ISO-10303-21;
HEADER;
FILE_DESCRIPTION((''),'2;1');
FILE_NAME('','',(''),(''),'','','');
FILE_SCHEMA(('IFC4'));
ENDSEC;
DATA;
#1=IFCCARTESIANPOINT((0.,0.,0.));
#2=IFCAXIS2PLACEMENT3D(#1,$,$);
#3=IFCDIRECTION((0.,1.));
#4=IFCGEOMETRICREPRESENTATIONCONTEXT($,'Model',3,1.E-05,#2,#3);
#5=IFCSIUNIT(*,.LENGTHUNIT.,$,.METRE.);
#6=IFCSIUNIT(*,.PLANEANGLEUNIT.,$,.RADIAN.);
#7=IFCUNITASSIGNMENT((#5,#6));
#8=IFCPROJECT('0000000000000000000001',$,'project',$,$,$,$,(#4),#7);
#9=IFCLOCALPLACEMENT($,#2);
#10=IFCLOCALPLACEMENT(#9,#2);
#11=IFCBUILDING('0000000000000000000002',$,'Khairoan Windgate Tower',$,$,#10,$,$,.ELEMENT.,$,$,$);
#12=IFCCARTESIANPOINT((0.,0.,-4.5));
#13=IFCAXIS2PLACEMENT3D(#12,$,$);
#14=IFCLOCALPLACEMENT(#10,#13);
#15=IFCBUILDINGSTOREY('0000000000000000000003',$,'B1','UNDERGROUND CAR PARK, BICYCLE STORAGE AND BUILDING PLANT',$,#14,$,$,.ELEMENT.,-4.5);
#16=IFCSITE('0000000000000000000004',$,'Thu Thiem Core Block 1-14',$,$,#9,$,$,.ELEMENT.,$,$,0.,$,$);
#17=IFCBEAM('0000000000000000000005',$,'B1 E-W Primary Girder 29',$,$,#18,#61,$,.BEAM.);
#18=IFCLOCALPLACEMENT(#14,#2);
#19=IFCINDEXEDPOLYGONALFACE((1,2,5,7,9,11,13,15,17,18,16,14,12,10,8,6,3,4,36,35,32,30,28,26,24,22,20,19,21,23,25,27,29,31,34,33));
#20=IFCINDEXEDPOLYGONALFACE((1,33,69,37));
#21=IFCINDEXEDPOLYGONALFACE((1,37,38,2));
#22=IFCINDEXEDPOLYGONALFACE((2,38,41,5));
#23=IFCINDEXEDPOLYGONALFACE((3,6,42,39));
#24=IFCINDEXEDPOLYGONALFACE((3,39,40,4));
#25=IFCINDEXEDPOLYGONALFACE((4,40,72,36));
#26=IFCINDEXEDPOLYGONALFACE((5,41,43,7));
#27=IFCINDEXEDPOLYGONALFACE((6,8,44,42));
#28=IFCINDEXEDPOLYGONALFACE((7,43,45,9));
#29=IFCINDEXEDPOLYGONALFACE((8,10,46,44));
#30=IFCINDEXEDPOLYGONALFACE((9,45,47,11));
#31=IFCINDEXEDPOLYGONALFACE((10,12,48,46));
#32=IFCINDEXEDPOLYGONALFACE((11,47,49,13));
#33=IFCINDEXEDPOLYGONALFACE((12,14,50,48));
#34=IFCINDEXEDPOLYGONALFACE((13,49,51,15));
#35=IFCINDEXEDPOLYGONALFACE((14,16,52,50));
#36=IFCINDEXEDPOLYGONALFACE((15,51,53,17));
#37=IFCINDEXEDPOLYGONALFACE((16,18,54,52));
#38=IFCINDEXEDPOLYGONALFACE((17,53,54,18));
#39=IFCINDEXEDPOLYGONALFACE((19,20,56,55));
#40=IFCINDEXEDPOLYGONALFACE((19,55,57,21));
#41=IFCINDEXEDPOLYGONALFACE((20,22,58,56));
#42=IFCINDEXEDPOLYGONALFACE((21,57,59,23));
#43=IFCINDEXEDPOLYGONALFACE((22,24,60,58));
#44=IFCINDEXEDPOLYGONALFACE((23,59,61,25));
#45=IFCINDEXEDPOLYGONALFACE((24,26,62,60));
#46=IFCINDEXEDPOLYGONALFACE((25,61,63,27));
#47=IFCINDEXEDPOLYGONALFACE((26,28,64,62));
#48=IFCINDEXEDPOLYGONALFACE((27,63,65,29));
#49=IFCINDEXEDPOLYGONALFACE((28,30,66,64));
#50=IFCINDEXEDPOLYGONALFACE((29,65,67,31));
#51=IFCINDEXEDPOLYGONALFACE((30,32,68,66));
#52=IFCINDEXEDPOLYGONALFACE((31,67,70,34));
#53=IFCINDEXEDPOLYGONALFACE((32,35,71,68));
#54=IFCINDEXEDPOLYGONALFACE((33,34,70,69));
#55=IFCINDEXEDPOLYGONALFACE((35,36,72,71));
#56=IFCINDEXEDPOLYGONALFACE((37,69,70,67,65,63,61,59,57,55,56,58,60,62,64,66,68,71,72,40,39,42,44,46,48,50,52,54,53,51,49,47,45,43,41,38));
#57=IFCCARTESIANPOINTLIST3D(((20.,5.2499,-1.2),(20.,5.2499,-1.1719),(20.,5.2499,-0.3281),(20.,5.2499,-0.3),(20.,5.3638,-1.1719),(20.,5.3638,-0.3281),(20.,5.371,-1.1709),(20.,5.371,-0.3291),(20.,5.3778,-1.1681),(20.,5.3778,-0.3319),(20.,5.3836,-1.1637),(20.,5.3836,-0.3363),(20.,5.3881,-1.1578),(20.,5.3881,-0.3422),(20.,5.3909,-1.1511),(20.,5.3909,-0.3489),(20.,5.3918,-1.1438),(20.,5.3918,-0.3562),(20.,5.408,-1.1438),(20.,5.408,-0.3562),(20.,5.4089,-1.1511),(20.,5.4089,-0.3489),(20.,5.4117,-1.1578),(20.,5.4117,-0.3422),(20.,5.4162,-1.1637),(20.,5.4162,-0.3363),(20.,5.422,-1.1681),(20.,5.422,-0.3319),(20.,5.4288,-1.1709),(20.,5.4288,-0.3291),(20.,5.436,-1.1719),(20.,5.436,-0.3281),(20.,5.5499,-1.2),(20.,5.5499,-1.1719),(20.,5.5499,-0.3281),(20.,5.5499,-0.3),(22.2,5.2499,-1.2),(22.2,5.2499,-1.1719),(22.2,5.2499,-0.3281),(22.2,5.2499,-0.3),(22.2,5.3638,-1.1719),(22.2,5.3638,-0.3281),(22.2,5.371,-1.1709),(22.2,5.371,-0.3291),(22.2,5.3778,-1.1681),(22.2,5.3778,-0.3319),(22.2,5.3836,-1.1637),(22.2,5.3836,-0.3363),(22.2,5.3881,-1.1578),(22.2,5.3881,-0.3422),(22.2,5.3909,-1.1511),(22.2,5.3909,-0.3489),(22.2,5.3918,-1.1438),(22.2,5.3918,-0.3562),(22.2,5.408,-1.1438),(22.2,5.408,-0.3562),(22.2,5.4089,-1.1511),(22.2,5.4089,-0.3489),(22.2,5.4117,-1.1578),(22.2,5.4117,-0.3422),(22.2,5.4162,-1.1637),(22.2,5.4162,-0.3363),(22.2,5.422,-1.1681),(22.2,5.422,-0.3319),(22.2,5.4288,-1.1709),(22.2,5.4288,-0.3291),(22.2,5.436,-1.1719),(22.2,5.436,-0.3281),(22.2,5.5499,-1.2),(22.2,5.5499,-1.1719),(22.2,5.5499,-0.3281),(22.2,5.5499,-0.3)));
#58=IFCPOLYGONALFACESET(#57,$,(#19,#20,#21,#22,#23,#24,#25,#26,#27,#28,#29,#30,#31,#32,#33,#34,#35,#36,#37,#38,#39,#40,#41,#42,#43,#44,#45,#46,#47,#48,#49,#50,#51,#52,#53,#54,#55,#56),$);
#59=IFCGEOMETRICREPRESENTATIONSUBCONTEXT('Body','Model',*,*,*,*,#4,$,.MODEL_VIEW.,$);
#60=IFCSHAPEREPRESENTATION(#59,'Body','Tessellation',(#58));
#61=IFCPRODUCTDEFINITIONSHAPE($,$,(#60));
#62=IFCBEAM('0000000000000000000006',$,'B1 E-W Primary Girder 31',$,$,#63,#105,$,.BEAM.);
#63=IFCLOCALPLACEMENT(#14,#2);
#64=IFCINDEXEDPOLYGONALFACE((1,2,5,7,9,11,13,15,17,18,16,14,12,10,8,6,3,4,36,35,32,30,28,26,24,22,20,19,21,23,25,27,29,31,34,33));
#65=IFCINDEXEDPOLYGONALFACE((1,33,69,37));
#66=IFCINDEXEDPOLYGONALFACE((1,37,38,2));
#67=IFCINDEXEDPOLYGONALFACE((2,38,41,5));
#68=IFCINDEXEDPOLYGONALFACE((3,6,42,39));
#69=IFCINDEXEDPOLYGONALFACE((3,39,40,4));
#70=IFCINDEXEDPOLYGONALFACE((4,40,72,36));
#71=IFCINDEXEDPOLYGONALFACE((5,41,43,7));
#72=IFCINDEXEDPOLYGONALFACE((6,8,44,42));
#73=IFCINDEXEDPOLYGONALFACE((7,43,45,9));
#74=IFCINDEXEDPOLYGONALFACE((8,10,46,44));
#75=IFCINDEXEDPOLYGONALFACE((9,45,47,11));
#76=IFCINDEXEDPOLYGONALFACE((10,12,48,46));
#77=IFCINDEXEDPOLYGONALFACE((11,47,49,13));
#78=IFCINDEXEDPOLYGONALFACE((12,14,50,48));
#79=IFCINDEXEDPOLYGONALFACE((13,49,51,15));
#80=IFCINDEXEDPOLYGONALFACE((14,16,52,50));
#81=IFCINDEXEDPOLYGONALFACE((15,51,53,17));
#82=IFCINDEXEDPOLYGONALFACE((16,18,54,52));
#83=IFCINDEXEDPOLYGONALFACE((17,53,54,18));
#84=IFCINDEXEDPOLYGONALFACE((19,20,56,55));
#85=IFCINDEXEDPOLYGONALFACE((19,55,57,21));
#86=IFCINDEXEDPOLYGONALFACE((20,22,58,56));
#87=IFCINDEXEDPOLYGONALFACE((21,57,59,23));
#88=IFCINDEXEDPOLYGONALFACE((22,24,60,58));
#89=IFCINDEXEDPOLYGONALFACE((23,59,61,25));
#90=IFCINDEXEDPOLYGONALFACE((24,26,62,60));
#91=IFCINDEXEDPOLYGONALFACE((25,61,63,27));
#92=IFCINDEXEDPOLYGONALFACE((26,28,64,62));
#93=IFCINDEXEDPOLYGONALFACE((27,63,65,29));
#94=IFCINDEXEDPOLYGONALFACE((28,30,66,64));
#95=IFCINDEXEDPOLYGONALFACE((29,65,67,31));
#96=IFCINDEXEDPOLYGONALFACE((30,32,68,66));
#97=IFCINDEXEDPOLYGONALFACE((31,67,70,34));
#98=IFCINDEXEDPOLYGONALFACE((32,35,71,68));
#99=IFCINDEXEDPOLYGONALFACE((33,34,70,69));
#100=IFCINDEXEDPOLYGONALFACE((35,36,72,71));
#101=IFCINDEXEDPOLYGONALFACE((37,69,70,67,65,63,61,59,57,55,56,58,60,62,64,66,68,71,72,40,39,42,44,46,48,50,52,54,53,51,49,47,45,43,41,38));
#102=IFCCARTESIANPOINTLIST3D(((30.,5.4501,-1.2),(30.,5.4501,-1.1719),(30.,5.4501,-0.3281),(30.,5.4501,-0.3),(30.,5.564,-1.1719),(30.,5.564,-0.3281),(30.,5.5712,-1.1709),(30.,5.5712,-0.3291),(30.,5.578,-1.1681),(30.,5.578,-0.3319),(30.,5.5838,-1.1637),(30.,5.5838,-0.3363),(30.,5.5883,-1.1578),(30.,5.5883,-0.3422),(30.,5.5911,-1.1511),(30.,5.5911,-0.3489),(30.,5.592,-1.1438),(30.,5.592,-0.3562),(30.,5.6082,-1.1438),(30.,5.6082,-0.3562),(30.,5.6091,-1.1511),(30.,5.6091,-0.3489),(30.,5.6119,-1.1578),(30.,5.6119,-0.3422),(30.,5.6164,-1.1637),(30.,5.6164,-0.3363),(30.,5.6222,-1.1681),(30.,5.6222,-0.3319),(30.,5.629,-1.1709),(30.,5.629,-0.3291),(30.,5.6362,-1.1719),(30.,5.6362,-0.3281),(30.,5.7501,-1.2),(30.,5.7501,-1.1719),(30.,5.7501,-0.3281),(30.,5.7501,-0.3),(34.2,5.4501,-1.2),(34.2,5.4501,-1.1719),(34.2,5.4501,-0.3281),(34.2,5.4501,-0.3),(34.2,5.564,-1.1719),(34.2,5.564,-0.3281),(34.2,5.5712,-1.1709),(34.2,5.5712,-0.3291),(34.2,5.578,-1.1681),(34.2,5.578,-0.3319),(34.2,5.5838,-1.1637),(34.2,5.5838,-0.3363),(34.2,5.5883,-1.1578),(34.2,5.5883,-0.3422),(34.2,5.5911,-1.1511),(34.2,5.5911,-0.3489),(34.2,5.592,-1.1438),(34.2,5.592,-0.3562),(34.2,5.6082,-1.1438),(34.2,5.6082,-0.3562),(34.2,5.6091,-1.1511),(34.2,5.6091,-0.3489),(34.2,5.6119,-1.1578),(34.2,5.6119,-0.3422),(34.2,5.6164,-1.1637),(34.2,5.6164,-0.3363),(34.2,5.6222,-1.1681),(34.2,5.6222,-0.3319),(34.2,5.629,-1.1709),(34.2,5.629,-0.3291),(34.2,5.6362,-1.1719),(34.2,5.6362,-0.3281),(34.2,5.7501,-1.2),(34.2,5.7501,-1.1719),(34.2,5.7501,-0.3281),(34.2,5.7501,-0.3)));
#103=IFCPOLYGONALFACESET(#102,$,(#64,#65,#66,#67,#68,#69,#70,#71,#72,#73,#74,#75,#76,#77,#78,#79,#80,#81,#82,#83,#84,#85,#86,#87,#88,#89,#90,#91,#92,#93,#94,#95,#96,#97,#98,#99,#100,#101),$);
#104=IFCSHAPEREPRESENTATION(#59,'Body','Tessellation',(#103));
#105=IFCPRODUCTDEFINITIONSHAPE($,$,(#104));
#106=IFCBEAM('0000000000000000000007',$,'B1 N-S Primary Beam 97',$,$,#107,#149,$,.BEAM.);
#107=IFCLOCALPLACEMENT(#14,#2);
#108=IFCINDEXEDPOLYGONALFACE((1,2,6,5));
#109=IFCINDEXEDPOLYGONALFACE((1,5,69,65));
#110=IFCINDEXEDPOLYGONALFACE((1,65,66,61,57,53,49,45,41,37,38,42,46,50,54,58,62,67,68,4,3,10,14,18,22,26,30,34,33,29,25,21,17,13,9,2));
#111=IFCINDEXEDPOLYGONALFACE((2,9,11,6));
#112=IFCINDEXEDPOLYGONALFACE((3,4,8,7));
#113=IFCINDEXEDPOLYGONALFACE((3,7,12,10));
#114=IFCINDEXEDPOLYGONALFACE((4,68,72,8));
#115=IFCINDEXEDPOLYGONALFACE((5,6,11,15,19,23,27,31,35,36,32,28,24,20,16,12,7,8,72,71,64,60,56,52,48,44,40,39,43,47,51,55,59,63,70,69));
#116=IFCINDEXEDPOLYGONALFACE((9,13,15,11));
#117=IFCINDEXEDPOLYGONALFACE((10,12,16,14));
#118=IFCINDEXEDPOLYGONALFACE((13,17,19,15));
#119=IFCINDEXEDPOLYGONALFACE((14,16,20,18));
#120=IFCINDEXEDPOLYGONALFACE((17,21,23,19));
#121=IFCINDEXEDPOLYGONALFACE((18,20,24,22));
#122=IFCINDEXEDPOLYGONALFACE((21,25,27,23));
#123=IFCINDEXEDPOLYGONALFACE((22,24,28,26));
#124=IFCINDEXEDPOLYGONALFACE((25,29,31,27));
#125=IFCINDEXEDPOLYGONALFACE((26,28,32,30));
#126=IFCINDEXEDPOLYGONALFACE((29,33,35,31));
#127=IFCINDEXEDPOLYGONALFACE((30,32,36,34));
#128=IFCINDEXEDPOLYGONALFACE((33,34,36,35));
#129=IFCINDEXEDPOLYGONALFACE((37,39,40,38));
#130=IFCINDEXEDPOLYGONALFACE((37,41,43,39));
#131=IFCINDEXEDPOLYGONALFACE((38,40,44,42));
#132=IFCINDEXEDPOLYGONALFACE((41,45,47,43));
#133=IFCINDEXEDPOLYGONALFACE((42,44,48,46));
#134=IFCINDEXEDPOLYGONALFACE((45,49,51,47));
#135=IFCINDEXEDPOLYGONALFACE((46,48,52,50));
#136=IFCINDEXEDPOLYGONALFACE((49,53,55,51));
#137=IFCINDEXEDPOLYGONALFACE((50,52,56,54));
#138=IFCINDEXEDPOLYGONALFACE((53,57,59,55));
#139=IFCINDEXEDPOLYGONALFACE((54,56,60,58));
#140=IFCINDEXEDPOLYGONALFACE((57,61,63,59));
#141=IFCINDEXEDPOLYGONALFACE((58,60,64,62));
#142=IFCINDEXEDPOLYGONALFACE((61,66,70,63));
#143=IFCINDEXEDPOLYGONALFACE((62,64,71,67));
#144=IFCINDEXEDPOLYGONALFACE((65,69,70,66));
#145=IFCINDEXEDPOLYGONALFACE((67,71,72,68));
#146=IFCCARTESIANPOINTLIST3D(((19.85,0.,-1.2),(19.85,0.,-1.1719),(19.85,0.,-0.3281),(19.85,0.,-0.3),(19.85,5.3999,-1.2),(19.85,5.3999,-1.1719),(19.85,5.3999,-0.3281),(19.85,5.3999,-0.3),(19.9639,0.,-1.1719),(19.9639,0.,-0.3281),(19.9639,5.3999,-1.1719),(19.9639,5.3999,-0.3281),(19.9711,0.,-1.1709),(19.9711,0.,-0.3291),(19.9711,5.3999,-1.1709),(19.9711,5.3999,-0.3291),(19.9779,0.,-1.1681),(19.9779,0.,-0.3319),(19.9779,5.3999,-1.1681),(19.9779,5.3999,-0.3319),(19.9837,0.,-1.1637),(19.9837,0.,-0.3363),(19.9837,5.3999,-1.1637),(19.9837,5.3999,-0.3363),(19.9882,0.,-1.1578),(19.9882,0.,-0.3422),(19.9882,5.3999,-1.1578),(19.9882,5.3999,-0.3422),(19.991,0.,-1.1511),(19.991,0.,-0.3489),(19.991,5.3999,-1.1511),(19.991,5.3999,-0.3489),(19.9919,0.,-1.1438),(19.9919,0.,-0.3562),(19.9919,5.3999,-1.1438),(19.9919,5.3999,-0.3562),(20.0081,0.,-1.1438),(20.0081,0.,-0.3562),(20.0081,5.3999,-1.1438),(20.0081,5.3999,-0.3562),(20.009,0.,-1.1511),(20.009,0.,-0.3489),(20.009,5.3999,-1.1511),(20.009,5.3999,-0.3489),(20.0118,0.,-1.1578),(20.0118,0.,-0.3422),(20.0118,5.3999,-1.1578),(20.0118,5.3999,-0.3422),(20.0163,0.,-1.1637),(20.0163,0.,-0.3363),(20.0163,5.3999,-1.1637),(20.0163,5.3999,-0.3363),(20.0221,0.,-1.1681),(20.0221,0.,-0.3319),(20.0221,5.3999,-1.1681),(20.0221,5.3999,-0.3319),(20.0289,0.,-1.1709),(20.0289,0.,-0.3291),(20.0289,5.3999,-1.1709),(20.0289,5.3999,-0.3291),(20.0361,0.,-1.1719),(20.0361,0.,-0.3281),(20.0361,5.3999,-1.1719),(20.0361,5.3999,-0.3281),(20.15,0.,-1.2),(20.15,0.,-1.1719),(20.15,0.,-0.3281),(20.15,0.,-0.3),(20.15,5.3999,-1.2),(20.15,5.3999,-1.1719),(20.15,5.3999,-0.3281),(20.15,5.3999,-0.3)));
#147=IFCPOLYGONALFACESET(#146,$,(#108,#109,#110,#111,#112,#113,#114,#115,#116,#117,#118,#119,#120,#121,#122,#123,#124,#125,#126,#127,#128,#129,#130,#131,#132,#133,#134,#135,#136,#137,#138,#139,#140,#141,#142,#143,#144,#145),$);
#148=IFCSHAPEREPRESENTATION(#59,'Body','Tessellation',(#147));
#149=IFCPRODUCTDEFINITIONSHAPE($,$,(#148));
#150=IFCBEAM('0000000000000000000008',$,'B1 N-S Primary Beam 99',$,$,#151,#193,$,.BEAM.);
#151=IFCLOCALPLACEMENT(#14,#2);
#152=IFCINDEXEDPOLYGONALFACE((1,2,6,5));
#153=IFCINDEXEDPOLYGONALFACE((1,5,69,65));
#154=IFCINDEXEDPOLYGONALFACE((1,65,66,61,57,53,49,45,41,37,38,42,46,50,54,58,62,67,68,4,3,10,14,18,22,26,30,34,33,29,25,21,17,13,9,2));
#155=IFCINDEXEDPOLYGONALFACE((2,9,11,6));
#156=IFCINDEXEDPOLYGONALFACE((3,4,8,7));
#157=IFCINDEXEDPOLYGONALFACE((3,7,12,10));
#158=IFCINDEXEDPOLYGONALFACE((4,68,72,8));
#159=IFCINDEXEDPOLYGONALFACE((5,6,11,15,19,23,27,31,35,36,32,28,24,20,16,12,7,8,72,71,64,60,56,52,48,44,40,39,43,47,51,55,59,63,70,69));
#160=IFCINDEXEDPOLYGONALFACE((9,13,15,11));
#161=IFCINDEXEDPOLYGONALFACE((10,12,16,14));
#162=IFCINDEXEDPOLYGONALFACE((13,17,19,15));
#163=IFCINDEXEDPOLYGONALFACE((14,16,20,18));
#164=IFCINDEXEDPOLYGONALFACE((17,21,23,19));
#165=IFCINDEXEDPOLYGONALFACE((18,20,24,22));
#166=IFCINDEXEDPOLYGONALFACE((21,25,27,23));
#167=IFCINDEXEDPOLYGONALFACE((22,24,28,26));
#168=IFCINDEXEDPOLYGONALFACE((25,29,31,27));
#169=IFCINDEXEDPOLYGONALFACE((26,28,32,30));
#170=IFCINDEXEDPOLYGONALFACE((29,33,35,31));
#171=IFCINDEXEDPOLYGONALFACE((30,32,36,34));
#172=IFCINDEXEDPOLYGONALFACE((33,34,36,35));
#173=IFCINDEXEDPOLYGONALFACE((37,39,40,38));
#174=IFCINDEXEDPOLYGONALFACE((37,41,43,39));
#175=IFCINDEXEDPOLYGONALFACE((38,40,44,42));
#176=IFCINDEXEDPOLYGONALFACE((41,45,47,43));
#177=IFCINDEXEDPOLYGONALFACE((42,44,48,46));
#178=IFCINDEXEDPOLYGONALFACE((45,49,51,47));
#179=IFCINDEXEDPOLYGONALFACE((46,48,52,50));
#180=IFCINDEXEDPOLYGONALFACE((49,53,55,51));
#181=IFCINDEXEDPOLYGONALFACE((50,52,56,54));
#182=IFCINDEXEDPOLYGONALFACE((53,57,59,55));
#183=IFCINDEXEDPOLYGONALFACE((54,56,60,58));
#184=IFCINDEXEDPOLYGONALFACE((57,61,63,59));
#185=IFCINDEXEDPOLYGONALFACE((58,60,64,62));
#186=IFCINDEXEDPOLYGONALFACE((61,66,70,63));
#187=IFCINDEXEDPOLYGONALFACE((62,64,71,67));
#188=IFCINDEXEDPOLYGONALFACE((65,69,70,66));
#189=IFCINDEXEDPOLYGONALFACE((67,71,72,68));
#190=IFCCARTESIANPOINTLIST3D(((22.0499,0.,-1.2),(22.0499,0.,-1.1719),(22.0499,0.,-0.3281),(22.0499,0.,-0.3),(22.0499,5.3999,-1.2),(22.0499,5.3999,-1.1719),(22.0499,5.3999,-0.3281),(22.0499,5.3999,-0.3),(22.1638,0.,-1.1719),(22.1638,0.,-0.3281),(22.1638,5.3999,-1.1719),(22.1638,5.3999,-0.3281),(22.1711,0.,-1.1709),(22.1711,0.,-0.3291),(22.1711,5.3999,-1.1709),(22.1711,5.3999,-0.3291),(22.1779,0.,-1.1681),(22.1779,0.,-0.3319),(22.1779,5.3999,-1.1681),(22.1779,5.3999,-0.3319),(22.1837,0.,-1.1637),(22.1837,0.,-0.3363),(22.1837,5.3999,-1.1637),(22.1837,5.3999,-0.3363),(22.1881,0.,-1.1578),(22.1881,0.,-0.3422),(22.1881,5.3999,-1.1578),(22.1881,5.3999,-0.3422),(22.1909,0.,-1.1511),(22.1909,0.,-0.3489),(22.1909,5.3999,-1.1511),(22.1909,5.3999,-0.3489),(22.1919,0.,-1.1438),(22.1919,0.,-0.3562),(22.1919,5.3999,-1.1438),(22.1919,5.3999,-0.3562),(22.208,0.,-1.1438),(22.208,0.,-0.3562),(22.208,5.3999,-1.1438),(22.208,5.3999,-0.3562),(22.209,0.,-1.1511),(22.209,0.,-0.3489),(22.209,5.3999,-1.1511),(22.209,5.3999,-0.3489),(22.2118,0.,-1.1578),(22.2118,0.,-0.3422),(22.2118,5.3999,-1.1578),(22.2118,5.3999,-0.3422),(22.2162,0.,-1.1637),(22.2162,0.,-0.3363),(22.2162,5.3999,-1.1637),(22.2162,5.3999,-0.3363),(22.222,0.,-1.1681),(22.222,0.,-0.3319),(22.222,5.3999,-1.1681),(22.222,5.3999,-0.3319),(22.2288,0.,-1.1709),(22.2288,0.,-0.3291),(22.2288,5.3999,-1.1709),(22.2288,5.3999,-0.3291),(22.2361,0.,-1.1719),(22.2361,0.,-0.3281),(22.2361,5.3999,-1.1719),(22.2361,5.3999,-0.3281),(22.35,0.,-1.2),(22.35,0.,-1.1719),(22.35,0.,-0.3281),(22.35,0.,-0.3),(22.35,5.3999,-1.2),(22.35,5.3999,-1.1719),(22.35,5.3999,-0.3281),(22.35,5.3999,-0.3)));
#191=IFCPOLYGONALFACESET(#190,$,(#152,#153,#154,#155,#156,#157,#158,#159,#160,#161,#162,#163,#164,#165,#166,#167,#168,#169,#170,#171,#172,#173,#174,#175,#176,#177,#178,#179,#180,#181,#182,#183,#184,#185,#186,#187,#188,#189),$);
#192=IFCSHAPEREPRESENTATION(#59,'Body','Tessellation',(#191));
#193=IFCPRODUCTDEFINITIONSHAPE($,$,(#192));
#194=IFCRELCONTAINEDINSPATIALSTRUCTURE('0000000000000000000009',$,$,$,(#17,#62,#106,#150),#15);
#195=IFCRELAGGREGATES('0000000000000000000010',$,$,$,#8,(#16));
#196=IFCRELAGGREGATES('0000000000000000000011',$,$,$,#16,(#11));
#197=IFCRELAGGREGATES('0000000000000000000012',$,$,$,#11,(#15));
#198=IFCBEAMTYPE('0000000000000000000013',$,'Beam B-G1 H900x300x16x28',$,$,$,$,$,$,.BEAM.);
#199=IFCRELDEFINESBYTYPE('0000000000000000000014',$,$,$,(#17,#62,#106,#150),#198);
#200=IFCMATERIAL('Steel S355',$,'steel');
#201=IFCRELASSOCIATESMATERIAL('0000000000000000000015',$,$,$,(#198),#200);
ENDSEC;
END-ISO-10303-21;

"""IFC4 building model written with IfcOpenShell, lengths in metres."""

from ifc_helpers import new_model, si_unit, direction, frame, origin, origin_2d, place, context, subcontext, project, spatial, i_section, extrude, material, material_profile, profile_set, type_object, element, save


model = new_model("IFC4")

# Units and contexts
model_context = context("Model", 3, precision=1e-05, world=origin(), true_north=direction((0.0, 1.0)))
body_context = subcontext(model_context, "Body", "Model", "MODEL_VIEW")
ifc_project = project(units=[si_unit("LENGTHUNIT", "METRE"), si_unit("PLANEANGLEUNIT", "RADIAN")], contexts=[model_context])

# Site, building, storey
site_placement = place(None, origin())
site = spatial("IfcSite", under=ifc_project, at=site_placement, Name="Thu Thiem Core Block 1-14", CompositionType="ELEMENT", RefElevation=0.0)
building_placement = place(site_placement, origin())
building = spatial("IfcBuilding", under=site, at=building_placement, Name="Khairoan Windgate Tower", CompositionType="ELEMENT")
storey_placement = place(building_placement, frame((0.0, 0.0, -4.5)))
storey = spatial("IfcBuildingStorey", under=building, at=storey_placement, Name="B1", Description="UNDERGROUND CAR PARK, BICYCLE STORAGE AND BUILDING PLANT", CompositionType="ELEMENT", Elevation=-4.5)

# Beams
ifc_material_1 = material(Name="Steel S355", Category="steel")
ifc_material_profile_1 = material_profile(ifc_material_1, i_section(OverallWidth=0.3, OverallDepth=0.8999, WebThickness=0.0161, FlangeThickness=0.0281, FilletRadius=0.0281, at=origin_2d()))
ifc_profile_set_1 = profile_set([ifc_material_profile_1], Name="Steel S355")
beam_type_1 = type_object("IfcBeamType", Name="Beam B-G1 H900x300x16x28", PredefinedType="BEAM", material=ifc_profile_set_1)
for number, where, z_axis, x_axis, name in (
    (1, (20.0, 5.3999, -0.75), (1.0, 0.0, 0.0), (0.0, 1.0, 0.0), "B1 E-W Primary Girder 29"),
):
    element("IfcBeam", number, at=place(storey_placement, frame(where, z_axis=z_axis, x_axis=x_axis)), inside=storey, type_object=beam_type_1, Name=name, PredefinedType="BEAM", context=body_context, shape_type="SweptSolid", body=[
        extrude(i_section(OverallWidth=0.3, OverallDepth=0.8999, WebThickness=0.0161, FlangeThickness=0.0281, FilletRadius=0.0281, at=origin_2d()), origin(), (0.0, 0.0, 1.0), 2.2),
    ])
beam_1_placement = place(storey_placement, frame((30.0, 5.6001, -0.75), z_axis=(1.0, 0.0, 0.0), x_axis=(0.0, 1.0, 0.0)))
element("IfcBeam", 2, at=beam_1_placement, inside=storey, type_object=beam_type_1, Name="B1 E-W Primary Girder 31", PredefinedType="BEAM", context=body_context, shape_type="SweptSolid", body=[
    extrude(i_section(OverallWidth=0.3, OverallDepth=0.8999, WebThickness=0.0161, FlangeThickness=0.0281, FilletRadius=0.0281, at=origin_2d()), origin(), (0.0, 0.0, 1.0), 4.2),
])
for number, where, z_axis, x_axis, name in (
    (3, (20.0, 0.0, -0.75), (0.0, 1.0, 0.0), (-1.0, 0.0, 0.0), "B1 N-S Primary Beam 97"),
    (4, (22.2, 0.0, -0.75), (0.0, 1.0, 0.0), (-1.0, 0.0, 0.0), "B1 N-S Primary Beam 99"),
):
    element("IfcBeam", number, at=place(storey_placement, frame(where, z_axis=z_axis, x_axis=x_axis)), inside=storey, type_object=beam_type_1, Name=name, PredefinedType="BEAM", context=body_context, shape_type="SweptSolid", body=[
        extrude(i_section(OverallWidth=0.3, OverallDepth=0.8999, WebThickness=0.0161, FlangeThickness=0.0281, FilletRadius=0.0281, at=origin_2d()), origin(), (0.0, 0.0, 1.0), 5.3999),
    ])

save(model, "model.ifc")
